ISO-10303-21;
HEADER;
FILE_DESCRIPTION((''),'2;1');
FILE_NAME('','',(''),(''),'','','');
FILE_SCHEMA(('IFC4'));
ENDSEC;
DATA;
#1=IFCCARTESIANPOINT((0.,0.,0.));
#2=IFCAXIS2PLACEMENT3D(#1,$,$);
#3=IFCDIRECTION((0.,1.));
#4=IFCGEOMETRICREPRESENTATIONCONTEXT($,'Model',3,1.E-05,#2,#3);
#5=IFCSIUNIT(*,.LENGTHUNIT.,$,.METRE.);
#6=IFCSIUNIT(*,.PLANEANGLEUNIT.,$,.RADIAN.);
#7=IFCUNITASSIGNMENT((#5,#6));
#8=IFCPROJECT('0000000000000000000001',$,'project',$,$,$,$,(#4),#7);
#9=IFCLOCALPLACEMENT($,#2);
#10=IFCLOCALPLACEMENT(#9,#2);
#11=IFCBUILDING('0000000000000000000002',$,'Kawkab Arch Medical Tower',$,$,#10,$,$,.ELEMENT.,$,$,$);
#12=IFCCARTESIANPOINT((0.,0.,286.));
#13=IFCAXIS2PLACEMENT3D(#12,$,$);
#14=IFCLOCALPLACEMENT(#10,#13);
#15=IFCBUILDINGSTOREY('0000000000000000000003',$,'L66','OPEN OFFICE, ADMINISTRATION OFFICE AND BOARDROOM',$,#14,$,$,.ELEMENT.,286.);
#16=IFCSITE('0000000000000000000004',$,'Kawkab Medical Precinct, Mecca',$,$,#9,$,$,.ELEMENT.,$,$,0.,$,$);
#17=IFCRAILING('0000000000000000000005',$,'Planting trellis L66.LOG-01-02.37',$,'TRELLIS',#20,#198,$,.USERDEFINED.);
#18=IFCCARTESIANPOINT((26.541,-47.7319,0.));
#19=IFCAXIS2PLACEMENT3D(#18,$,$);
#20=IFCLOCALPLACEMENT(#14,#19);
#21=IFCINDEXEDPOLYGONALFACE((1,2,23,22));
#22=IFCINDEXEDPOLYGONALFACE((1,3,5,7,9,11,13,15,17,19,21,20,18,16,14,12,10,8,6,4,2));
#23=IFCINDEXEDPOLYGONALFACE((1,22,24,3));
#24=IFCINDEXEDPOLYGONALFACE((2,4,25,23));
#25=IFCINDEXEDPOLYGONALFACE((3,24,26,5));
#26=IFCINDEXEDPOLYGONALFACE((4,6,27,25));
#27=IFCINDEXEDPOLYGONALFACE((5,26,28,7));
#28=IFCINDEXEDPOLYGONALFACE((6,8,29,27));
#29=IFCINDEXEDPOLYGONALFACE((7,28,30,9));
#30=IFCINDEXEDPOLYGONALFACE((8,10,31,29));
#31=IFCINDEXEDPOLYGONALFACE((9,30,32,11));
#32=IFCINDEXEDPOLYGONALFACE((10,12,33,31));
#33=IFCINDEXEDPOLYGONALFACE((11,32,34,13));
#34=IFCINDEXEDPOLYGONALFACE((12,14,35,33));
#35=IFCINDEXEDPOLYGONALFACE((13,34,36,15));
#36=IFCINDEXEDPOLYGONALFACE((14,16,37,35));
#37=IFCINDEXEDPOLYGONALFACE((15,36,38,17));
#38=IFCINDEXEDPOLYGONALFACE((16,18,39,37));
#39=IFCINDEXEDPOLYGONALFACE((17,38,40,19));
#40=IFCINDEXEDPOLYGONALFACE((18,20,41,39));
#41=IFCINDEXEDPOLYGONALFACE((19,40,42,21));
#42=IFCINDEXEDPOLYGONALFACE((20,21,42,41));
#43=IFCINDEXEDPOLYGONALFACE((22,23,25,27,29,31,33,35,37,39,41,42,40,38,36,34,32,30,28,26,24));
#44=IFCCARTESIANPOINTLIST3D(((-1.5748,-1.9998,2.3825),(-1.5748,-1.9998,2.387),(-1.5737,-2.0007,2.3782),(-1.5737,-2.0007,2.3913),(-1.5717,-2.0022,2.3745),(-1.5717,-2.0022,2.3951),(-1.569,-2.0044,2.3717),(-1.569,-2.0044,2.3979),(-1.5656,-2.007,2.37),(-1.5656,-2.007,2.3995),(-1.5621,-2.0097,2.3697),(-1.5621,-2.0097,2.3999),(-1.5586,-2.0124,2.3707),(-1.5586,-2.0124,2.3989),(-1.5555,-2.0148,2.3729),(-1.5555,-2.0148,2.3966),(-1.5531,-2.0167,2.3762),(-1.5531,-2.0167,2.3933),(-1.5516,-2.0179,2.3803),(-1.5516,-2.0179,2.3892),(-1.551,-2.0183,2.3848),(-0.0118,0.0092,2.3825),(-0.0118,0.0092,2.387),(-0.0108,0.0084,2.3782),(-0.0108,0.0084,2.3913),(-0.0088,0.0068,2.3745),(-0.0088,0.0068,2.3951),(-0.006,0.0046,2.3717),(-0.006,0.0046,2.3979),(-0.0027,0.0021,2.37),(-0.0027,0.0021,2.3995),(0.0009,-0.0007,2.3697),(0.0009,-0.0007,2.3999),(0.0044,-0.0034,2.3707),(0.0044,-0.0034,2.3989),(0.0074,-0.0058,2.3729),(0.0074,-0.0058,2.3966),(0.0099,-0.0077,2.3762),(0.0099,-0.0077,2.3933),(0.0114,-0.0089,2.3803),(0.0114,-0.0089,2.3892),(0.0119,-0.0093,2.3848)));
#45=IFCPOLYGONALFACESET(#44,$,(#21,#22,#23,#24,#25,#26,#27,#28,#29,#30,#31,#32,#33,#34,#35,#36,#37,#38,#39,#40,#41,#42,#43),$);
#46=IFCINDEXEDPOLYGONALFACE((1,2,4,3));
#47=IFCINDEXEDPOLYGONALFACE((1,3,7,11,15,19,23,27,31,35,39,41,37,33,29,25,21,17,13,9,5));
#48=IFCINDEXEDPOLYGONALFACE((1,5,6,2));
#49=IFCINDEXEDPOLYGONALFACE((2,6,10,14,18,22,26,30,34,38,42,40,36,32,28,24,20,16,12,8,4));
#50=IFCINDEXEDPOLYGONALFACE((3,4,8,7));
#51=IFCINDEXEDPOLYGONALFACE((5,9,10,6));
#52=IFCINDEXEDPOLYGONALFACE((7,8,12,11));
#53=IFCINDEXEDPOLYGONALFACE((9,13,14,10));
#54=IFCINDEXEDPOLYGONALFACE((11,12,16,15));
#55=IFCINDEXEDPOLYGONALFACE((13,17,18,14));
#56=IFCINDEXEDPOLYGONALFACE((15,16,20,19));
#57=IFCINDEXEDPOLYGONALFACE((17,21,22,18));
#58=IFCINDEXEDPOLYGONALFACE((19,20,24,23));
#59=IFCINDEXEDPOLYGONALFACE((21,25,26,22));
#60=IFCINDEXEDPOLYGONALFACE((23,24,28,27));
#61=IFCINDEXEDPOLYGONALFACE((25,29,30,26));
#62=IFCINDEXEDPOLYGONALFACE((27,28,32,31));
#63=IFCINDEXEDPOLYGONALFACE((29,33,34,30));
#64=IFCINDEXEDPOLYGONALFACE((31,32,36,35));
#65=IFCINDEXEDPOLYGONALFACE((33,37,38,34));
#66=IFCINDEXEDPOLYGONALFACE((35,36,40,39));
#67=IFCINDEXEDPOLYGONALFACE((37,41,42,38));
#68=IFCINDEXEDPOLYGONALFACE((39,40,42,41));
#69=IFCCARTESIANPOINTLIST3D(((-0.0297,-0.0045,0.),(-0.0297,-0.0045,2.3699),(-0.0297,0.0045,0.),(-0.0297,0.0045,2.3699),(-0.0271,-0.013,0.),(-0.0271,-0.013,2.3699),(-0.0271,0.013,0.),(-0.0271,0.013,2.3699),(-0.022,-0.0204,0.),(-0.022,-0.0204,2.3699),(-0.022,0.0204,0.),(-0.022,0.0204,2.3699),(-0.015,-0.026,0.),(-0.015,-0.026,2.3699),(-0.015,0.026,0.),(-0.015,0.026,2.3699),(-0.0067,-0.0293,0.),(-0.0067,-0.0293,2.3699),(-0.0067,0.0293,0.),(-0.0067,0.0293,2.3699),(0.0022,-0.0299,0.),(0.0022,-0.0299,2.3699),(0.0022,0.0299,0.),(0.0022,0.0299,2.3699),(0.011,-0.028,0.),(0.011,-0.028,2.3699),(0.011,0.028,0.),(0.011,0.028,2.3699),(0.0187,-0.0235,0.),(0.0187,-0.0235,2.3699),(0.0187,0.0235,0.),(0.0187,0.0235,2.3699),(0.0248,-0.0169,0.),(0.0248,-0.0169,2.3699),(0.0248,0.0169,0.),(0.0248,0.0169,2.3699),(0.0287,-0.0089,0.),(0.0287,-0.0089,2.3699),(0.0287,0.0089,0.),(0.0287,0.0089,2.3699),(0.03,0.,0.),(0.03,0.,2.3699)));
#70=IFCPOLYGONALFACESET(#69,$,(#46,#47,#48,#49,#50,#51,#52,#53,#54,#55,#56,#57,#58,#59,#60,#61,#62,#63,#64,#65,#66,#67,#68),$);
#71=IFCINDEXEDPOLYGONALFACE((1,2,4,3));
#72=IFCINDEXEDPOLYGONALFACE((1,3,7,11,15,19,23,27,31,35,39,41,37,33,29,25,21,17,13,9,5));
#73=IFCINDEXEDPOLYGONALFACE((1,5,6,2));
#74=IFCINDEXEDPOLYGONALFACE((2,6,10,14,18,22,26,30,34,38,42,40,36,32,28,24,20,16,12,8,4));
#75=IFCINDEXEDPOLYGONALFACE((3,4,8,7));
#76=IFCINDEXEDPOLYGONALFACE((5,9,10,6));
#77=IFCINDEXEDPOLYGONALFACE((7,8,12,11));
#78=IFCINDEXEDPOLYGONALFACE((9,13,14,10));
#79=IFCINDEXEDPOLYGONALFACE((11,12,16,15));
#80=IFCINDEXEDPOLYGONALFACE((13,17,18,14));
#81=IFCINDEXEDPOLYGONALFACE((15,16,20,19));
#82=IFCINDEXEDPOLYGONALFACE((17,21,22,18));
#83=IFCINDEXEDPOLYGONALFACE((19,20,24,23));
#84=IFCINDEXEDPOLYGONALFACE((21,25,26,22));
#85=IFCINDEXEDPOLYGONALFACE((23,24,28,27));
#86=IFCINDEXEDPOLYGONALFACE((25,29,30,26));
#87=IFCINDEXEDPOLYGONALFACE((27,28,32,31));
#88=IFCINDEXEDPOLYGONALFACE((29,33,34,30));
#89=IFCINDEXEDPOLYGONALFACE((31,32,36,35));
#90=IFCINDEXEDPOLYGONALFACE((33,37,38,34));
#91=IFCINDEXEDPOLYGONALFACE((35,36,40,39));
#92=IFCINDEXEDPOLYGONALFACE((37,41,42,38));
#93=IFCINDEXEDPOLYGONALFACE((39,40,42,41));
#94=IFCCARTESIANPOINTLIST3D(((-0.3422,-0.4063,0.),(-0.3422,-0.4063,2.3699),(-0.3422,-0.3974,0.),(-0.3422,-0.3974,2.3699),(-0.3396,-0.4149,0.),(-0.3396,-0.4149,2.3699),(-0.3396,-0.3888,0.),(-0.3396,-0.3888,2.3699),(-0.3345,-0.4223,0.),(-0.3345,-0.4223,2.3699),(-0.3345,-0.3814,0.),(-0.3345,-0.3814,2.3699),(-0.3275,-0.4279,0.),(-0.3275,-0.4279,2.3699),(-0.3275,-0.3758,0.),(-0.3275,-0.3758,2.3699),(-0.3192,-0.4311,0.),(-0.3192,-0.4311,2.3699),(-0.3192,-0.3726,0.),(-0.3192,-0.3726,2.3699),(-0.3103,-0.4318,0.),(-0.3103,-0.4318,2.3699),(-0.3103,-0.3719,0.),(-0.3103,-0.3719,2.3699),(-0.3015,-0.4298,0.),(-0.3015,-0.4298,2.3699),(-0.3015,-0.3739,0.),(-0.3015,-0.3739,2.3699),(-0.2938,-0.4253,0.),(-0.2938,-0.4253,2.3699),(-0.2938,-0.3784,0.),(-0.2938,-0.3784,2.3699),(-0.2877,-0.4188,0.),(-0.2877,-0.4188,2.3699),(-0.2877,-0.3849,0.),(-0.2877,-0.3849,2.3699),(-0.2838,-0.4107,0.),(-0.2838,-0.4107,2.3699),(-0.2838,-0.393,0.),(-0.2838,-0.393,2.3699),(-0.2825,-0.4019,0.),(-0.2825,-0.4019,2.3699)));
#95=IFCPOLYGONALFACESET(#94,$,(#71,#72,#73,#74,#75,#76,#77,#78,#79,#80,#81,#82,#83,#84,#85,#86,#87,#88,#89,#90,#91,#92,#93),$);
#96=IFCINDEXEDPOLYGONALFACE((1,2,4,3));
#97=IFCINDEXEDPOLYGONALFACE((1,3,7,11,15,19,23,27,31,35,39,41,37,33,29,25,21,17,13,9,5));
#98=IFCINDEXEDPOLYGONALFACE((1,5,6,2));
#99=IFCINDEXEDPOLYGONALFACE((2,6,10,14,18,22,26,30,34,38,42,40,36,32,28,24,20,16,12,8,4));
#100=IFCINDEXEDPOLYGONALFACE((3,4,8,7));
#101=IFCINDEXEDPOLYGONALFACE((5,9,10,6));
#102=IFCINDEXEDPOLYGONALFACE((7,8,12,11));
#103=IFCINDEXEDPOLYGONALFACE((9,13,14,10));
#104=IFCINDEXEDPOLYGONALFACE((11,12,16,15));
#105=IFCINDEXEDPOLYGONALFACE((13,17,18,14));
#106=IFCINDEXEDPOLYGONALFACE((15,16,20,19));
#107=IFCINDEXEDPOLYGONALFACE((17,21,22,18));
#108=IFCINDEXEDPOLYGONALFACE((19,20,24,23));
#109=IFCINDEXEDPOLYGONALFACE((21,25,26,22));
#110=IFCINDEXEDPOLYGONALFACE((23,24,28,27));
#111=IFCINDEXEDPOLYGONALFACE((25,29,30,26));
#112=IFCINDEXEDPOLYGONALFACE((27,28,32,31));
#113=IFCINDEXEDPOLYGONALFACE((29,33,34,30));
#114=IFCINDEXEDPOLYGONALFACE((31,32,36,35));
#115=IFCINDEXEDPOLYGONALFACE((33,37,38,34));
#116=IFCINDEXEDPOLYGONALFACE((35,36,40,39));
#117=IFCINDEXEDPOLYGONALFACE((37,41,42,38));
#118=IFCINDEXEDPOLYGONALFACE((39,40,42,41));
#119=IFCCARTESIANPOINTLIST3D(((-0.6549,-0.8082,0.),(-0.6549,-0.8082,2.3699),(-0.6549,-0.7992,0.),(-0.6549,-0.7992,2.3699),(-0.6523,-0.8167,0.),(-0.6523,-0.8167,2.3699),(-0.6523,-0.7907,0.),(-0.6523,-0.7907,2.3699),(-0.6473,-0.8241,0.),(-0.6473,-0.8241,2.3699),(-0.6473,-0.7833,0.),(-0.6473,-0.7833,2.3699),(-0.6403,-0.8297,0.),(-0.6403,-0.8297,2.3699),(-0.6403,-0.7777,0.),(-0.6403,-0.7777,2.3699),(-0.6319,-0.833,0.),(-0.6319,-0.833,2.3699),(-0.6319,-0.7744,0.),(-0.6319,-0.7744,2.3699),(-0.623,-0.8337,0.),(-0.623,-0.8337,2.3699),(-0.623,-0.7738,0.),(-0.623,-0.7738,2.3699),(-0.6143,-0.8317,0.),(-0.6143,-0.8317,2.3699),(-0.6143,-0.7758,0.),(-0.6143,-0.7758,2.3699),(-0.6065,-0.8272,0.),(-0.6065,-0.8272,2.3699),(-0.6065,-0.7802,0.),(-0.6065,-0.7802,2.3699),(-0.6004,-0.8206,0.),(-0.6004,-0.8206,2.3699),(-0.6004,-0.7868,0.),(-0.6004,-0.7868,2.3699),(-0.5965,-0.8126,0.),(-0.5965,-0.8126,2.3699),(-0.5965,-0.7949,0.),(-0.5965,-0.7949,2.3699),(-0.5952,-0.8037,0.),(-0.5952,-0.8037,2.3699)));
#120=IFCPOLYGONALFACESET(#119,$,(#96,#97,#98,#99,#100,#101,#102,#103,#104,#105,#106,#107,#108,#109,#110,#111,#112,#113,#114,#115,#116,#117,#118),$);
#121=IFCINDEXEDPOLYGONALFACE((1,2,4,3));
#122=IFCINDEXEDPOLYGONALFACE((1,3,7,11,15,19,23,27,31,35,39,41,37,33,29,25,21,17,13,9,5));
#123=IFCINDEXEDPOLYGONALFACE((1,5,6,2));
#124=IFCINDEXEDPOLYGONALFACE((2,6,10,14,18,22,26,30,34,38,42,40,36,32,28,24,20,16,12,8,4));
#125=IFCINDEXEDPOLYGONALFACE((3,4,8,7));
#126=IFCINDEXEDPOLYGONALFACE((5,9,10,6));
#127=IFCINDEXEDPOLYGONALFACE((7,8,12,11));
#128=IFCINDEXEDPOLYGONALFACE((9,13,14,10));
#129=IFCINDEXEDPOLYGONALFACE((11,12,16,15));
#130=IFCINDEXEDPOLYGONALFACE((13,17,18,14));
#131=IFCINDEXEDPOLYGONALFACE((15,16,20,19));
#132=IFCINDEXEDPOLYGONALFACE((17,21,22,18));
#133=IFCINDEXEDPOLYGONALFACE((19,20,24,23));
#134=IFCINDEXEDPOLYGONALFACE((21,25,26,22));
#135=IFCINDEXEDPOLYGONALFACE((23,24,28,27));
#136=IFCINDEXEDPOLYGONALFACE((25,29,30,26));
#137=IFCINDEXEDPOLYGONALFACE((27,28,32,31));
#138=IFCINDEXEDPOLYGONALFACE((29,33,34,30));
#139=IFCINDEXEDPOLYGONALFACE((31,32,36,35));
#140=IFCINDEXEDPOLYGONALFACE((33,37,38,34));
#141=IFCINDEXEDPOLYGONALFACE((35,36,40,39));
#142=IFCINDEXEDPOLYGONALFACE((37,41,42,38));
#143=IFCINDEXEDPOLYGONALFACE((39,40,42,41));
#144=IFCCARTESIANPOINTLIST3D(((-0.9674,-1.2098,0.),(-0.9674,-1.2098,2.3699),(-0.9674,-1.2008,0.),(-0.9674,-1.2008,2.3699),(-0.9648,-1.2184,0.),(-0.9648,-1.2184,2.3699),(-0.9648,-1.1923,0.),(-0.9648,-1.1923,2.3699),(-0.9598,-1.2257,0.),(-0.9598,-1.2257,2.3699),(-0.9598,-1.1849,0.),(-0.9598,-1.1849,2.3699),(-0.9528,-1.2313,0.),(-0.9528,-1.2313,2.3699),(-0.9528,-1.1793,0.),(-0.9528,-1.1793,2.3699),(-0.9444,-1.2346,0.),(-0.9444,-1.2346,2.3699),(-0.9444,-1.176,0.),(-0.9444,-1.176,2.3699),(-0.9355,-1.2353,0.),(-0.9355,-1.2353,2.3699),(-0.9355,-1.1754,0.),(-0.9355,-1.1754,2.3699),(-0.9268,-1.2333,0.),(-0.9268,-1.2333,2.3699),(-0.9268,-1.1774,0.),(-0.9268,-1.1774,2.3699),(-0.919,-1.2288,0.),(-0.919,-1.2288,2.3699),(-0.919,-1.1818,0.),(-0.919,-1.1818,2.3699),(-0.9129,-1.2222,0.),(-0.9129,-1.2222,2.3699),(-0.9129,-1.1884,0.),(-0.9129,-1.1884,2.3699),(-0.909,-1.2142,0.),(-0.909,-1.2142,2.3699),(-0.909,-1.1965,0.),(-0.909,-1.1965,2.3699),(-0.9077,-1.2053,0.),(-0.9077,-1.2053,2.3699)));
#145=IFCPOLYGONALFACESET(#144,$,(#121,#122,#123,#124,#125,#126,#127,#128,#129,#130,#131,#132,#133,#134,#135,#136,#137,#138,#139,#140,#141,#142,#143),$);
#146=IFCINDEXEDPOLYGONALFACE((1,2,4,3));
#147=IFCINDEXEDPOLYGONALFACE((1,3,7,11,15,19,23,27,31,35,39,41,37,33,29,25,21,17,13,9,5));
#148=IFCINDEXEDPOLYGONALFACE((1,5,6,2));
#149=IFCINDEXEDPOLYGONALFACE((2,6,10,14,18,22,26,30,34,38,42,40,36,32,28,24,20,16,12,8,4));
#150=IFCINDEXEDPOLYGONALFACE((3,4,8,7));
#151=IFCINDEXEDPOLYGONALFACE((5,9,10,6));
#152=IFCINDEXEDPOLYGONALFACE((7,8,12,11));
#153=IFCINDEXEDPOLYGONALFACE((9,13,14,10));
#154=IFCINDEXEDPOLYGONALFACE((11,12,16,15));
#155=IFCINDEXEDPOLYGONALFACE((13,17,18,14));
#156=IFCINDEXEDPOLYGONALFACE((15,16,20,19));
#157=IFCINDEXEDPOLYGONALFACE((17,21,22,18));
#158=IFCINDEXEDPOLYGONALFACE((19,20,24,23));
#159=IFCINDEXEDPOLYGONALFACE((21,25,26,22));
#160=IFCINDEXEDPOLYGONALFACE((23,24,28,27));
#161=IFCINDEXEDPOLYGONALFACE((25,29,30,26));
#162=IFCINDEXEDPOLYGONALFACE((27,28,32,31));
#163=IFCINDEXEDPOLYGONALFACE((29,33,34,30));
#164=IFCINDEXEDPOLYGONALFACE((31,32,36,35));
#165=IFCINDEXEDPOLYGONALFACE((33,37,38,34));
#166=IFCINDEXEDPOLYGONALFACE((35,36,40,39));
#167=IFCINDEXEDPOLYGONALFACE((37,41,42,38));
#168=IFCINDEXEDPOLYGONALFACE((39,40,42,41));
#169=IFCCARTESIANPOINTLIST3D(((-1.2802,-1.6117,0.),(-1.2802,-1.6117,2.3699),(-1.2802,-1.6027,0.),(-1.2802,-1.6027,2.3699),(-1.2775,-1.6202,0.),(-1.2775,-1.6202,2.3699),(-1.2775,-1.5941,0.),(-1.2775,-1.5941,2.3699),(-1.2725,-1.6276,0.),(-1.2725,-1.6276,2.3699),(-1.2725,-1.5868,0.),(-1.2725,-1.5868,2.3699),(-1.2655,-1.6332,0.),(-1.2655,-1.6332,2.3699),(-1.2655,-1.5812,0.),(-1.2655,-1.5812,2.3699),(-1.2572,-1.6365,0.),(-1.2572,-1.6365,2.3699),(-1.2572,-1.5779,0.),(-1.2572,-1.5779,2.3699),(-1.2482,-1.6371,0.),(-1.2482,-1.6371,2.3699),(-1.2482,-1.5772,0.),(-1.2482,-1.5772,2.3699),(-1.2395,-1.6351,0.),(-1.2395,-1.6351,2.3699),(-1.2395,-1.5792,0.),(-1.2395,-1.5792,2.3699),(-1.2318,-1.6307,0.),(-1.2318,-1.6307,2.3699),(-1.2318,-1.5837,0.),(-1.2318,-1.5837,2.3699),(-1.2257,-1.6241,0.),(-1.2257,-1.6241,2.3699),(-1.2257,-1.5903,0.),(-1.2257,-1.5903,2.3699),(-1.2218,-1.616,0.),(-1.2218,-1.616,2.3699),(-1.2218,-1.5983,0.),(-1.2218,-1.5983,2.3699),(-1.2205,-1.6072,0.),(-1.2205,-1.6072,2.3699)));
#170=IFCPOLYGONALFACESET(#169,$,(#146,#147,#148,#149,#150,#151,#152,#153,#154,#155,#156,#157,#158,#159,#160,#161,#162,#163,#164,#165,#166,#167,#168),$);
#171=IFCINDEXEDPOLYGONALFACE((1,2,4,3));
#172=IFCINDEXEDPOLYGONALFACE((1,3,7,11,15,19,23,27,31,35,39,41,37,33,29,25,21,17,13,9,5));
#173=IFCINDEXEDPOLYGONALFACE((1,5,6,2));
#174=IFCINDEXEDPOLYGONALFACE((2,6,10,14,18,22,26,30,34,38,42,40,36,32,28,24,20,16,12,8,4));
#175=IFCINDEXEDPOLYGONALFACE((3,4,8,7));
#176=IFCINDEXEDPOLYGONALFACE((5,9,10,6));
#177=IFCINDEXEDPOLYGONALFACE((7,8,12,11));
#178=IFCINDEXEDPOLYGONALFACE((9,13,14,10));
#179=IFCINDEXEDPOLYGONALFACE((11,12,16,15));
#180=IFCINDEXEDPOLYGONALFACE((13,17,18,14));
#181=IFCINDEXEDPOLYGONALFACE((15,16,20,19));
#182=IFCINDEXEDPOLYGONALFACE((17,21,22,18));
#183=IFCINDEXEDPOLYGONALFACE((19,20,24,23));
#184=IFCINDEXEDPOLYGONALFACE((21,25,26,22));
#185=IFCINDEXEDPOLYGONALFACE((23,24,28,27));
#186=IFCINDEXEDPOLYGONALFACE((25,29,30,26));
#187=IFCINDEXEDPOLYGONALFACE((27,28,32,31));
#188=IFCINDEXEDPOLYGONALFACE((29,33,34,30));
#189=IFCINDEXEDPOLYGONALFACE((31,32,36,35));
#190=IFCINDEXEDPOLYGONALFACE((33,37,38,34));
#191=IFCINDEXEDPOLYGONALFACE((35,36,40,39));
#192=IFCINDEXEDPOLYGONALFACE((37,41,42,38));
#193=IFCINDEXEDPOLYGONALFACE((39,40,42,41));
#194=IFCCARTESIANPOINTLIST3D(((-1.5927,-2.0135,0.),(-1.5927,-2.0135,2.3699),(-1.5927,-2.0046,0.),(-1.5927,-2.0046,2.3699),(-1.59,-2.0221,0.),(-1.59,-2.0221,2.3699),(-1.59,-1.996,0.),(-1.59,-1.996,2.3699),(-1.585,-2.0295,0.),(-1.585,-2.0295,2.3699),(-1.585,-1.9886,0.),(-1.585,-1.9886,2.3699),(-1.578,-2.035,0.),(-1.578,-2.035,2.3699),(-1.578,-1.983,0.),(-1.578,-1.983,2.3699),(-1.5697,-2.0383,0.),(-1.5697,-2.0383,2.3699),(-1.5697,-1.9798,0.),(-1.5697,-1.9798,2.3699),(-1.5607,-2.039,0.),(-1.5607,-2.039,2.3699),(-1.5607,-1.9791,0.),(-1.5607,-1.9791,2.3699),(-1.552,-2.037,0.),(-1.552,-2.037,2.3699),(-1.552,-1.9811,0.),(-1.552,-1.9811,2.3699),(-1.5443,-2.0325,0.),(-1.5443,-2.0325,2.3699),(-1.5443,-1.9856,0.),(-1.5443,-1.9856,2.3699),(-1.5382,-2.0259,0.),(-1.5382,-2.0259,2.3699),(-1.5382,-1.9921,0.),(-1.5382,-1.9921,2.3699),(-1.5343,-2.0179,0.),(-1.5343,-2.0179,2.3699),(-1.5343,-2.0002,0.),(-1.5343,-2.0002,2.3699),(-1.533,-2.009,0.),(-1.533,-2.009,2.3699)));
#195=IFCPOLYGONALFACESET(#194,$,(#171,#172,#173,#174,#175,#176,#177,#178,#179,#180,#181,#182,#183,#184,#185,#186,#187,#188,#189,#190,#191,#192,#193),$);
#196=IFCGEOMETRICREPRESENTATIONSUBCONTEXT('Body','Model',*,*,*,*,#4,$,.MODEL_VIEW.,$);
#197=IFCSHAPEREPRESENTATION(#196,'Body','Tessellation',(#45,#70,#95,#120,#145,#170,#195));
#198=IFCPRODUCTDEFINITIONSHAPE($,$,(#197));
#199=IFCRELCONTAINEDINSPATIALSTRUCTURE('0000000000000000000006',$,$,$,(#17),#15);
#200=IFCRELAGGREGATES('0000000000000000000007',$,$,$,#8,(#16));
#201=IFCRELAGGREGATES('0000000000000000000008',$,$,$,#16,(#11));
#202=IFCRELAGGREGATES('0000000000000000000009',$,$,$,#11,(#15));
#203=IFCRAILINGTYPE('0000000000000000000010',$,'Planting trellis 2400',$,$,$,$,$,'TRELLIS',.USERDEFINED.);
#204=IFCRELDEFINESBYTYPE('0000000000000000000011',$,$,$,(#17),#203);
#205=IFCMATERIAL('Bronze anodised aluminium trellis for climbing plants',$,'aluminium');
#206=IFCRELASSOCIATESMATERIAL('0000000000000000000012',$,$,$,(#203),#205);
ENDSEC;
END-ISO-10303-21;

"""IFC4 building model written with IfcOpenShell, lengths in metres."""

from ifc_helpers import new_model, si_unit, direction, frame, origin, origin_2d, place, context, subcontext, project, spatial, circle, extrude, material, type_object, element, save


model = new_model("IFC4")

# Units and contexts
model_context = context("Model", 3, precision=1e-05, world=origin(), true_north=direction((0.0, 1.0)))
body_context = subcontext(model_context, "Body", "Model", "MODEL_VIEW")
ifc_project = project(units=[si_unit("LENGTHUNIT", "METRE"), si_unit("PLANEANGLEUNIT", "RADIAN")], contexts=[model_context])

# Site, building, storey
site_placement = place(None, origin())
site = spatial("IfcSite", under=ifc_project, at=site_placement, Name="Kawkab Medical Precinct, Mecca", CompositionType="ELEMENT", RefElevation=0.0)
building_placement = place(site_placement, origin())
building = spatial("IfcBuilding", under=site, at=building_placement, Name="Kawkab Arch Medical Tower", CompositionType="ELEMENT")
storey_placement = place(building_placement, frame((0.0, 0.0, 286.0)))
storey = spatial("IfcBuildingStorey", under=building, at=storey_placement, Name="L66", Description="OPEN OFFICE, ADMINISTRATION OFFICE AND BOARDROOM", CompositionType="ELEMENT", Elevation=286.0)

# Railing
ifc_material_1 = material(Name="Bronze anodised aluminium trellis for climbing plants", Category="aluminium")
railing_type = type_object("IfcRailingType", Name="Planting trellis 2400", ElementType="TRELLIS", PredefinedType="USERDEFINED", material=ifc_material_1)
railing_1_placement = place(storey_placement, frame((26.541, -47.7319, 0.0)))
element("IfcRailing", 1, at=railing_1_placement, inside=storey, type_object=railing_type, Name="Planting trellis L66.LOG-01-02.37", ObjectType="TRELLIS", PredefinedType="USERDEFINED", context=body_context, shape_type="SweptSolid", body=[
    extrude(circle(Radius=0.0151, at=origin_2d()), frame((0.0, 0.0, 2.3848), z_axis=(-0.61404, -0.789275, 0.0), x_axis=(0.789275, -0.61404, 0.0)), (0.0, 0.0, 1.0), 2.5454),
    extrude(circle(Radius=0.03, at=origin_2d()), origin(), (0.0, 0.0, 1.0), 2.3699),
    extrude(circle(Radius=0.03, at=origin_2d()), frame((-0.3125, -0.4019, 0.0)), (0.0, 0.0, 1.0), 2.3699),
    extrude(circle(Radius=0.03, at=origin_2d()), frame((-0.6252, -0.8037, 0.0)), (0.0, 0.0, 1.0), 2.3699),
    extrude(circle(Radius=0.03, at=origin_2d()), frame((-0.9377, -1.2053, 0.0)), (0.0, 0.0, 1.0), 2.3699),
    extrude(circle(Radius=0.03, at=origin_2d()), frame((-1.2505, -1.6072, 0.0)), (0.0, 0.0, 1.0), 2.3699),
    extrude(circle(Radius=0.03, at=origin_2d()), frame((-1.563, -2.009, 0.0)), (0.0, 0.0, 1.0), 2.3699),
])

save(model, "model.ifc")
